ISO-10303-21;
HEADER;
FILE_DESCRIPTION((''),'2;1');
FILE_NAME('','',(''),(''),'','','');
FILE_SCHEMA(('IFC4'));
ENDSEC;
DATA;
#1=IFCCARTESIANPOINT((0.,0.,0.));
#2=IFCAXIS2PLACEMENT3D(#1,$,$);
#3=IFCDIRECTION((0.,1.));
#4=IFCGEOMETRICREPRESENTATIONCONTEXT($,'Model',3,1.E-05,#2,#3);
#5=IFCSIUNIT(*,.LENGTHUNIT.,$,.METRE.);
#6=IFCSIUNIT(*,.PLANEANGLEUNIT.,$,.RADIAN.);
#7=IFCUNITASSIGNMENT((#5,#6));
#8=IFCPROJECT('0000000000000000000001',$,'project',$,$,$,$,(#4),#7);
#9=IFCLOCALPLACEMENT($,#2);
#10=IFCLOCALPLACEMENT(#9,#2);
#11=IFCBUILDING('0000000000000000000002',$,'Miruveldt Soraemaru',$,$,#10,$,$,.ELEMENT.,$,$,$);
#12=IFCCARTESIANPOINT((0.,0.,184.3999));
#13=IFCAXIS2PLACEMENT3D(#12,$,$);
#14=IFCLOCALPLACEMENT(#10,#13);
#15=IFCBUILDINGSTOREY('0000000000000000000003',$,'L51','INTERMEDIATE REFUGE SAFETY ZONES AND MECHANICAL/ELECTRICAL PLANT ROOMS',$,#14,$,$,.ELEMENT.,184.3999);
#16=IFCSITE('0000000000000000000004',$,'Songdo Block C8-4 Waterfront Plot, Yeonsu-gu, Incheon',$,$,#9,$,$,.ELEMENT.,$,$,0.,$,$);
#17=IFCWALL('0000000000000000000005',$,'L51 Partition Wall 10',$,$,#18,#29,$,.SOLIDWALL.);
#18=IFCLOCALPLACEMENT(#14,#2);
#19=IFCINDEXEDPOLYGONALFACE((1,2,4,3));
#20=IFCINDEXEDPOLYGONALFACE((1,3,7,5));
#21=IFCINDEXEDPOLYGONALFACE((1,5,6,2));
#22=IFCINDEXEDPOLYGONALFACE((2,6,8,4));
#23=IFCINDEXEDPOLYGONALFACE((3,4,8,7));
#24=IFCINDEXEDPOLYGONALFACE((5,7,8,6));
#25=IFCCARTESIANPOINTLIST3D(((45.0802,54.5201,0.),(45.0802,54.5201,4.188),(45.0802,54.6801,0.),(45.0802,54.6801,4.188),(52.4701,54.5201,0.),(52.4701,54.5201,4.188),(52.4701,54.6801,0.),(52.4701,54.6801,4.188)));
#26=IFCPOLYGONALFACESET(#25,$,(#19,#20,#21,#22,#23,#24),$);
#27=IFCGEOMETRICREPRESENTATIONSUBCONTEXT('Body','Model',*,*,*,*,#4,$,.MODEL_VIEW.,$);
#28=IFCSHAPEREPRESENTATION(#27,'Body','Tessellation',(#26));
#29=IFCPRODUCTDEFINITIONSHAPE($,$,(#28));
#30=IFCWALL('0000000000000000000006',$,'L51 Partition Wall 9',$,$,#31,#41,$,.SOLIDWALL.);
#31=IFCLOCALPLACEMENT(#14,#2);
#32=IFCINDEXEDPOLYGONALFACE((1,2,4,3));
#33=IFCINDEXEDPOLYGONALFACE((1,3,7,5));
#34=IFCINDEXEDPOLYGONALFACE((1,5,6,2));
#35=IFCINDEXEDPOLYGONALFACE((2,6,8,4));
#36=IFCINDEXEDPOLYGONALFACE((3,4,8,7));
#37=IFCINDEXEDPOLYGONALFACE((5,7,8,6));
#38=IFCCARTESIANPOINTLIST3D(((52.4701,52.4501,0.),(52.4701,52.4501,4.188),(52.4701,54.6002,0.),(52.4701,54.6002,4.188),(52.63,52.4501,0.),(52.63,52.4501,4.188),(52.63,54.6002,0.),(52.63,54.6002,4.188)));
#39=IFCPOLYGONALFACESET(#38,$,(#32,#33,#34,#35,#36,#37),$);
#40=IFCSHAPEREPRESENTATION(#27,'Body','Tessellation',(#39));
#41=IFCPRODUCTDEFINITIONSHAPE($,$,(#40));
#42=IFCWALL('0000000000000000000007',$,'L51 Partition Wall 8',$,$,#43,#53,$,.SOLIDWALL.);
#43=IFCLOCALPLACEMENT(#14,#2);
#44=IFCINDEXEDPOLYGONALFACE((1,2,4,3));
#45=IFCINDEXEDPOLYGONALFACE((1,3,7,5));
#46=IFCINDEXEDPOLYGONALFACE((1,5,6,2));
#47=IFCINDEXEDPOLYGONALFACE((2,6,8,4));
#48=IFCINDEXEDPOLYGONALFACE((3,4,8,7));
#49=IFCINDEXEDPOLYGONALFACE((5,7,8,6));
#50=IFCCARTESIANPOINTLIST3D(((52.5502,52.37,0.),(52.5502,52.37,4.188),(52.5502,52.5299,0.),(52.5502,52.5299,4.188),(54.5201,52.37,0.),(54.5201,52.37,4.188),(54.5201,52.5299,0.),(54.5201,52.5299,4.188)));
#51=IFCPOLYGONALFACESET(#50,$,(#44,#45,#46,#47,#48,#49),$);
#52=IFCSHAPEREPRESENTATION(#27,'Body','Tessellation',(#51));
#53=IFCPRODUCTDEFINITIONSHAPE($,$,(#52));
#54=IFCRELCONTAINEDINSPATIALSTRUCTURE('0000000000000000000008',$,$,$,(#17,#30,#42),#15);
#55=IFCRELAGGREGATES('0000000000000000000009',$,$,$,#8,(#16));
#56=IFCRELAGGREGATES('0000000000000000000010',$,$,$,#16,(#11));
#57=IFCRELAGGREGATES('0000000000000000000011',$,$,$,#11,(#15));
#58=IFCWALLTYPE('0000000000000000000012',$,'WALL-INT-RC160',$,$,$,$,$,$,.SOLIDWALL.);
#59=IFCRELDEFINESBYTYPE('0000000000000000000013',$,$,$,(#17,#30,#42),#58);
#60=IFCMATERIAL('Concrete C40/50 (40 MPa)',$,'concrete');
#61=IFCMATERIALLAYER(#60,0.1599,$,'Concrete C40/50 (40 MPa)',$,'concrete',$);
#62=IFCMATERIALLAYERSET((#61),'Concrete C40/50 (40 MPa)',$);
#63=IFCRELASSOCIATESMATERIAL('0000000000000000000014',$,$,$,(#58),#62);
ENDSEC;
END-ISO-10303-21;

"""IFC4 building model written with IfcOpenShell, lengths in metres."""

from ifc_helpers import new_model, si_unit, direction, frame, frame_2d, origin, place, context, subcontext, project, spatial, rectangle, extrude, material, layer, layer_set, type_object, element, save


model = new_model("IFC4")

# Units and contexts
model_context = context("Model", 3, precision=1e-05, world=origin(), true_north=direction((0.0, 1.0)))
body_context = subcontext(model_context, "Body", "Model", "MODEL_VIEW")
ifc_project = project(units=[si_unit("LENGTHUNIT", "METRE"), si_unit("PLANEANGLEUNIT", "RADIAN")], contexts=[model_context])

# Site, building, storey
site_placement = place(None, origin())
site = spatial("IfcSite", under=ifc_project, at=site_placement, Name="Songdo Block C8-4 Waterfront Plot, Yeonsu-gu, Incheon", CompositionType="ELEMENT", RefElevation=0.0)
building_placement = place(site_placement, origin())
building = spatial("IfcBuilding", under=site, at=building_placement, Name="Miruveldt Soraemaru", CompositionType="ELEMENT")
storey_placement = place(building_placement, frame((0.0, 0.0, 184.3999)))
storey = spatial("IfcBuildingStorey", under=building, at=storey_placement, Name="L51", Description="INTERMEDIATE REFUGE SAFETY ZONES AND MECHANICAL/ELECTRICAL PLANT ROOMS", CompositionType="ELEMENT", Elevation=184.3999)

# Shared definitions
ifc_material_1 = material(Name="Concrete C40/50 (40 MPa)", Category="concrete")
ifc_layer_1 = layer(ifc_material_1, 0.1599, Name="Concrete C40/50 (40 MPa)", Category="concrete")
ifc_layer_set_1 = layer_set([ifc_layer_1], Name="Concrete C40/50 (40 MPa)")
wall_type_1 = type_object("IfcWallType", Name="WALL-INT-RC160", PredefinedType="SOLIDWALL", material=ifc_layer_set_1)

# Walls
wall_1_placement = place(storey_placement, frame((52.47, 54.6001, 0.0), z_axis=(0.0, 0.0, 1.0), x_axis=(-1.0, 0.0, 0.0)))
element("IfcWall", 1, at=wall_1_placement, inside=storey, type_object=wall_type_1, Name="L51 Partition Wall 10", PredefinedType="SOLIDWALL", context=body_context, shape_type="SweptSolid", body=[
    extrude(rectangle(XDim=7.3899, YDim=0.1599, at=frame_2d((3.6948, 0.0))), origin(), (0.0, 0.0, 1.0), 4.188),
])
wall_2_placement = place(storey_placement, frame((52.55, 52.45, 0.0), z_axis=(0.0, 0.0, 1.0), x_axis=(0.0, 1.0, 0.0)))
element("IfcWall", 2, at=wall_2_placement, inside=storey, type_object=wall_type_1, Name="L51 Partition Wall 9", PredefinedType="SOLIDWALL", context=body_context, shape_type="SweptSolid", body=[
    extrude(rectangle(XDim=2.1501, YDim=0.1599, at=frame_2d((1.0752, 0.0))), origin(), (0.0, 0.0, 1.0), 4.188),
])
wall_3_placement = place(storey_placement, frame((54.52, 52.45, 0.0), z_axis=(0.0, 0.0, 1.0), x_axis=(-1.0, 0.0, 0.0)))
element("IfcWall", 3, at=wall_3_placement, inside=storey, type_object=wall_type_1, Name="L51 Partition Wall 8", PredefinedType="SOLIDWALL", context=body_context, shape_type="SweptSolid", body=[
    extrude(rectangle(XDim=1.97, YDim=0.1599, at=frame_2d((0.9849, 0.0))), origin(), (0.0, 0.0, 1.0), 4.188),
])

save(model, "model.ifc")
